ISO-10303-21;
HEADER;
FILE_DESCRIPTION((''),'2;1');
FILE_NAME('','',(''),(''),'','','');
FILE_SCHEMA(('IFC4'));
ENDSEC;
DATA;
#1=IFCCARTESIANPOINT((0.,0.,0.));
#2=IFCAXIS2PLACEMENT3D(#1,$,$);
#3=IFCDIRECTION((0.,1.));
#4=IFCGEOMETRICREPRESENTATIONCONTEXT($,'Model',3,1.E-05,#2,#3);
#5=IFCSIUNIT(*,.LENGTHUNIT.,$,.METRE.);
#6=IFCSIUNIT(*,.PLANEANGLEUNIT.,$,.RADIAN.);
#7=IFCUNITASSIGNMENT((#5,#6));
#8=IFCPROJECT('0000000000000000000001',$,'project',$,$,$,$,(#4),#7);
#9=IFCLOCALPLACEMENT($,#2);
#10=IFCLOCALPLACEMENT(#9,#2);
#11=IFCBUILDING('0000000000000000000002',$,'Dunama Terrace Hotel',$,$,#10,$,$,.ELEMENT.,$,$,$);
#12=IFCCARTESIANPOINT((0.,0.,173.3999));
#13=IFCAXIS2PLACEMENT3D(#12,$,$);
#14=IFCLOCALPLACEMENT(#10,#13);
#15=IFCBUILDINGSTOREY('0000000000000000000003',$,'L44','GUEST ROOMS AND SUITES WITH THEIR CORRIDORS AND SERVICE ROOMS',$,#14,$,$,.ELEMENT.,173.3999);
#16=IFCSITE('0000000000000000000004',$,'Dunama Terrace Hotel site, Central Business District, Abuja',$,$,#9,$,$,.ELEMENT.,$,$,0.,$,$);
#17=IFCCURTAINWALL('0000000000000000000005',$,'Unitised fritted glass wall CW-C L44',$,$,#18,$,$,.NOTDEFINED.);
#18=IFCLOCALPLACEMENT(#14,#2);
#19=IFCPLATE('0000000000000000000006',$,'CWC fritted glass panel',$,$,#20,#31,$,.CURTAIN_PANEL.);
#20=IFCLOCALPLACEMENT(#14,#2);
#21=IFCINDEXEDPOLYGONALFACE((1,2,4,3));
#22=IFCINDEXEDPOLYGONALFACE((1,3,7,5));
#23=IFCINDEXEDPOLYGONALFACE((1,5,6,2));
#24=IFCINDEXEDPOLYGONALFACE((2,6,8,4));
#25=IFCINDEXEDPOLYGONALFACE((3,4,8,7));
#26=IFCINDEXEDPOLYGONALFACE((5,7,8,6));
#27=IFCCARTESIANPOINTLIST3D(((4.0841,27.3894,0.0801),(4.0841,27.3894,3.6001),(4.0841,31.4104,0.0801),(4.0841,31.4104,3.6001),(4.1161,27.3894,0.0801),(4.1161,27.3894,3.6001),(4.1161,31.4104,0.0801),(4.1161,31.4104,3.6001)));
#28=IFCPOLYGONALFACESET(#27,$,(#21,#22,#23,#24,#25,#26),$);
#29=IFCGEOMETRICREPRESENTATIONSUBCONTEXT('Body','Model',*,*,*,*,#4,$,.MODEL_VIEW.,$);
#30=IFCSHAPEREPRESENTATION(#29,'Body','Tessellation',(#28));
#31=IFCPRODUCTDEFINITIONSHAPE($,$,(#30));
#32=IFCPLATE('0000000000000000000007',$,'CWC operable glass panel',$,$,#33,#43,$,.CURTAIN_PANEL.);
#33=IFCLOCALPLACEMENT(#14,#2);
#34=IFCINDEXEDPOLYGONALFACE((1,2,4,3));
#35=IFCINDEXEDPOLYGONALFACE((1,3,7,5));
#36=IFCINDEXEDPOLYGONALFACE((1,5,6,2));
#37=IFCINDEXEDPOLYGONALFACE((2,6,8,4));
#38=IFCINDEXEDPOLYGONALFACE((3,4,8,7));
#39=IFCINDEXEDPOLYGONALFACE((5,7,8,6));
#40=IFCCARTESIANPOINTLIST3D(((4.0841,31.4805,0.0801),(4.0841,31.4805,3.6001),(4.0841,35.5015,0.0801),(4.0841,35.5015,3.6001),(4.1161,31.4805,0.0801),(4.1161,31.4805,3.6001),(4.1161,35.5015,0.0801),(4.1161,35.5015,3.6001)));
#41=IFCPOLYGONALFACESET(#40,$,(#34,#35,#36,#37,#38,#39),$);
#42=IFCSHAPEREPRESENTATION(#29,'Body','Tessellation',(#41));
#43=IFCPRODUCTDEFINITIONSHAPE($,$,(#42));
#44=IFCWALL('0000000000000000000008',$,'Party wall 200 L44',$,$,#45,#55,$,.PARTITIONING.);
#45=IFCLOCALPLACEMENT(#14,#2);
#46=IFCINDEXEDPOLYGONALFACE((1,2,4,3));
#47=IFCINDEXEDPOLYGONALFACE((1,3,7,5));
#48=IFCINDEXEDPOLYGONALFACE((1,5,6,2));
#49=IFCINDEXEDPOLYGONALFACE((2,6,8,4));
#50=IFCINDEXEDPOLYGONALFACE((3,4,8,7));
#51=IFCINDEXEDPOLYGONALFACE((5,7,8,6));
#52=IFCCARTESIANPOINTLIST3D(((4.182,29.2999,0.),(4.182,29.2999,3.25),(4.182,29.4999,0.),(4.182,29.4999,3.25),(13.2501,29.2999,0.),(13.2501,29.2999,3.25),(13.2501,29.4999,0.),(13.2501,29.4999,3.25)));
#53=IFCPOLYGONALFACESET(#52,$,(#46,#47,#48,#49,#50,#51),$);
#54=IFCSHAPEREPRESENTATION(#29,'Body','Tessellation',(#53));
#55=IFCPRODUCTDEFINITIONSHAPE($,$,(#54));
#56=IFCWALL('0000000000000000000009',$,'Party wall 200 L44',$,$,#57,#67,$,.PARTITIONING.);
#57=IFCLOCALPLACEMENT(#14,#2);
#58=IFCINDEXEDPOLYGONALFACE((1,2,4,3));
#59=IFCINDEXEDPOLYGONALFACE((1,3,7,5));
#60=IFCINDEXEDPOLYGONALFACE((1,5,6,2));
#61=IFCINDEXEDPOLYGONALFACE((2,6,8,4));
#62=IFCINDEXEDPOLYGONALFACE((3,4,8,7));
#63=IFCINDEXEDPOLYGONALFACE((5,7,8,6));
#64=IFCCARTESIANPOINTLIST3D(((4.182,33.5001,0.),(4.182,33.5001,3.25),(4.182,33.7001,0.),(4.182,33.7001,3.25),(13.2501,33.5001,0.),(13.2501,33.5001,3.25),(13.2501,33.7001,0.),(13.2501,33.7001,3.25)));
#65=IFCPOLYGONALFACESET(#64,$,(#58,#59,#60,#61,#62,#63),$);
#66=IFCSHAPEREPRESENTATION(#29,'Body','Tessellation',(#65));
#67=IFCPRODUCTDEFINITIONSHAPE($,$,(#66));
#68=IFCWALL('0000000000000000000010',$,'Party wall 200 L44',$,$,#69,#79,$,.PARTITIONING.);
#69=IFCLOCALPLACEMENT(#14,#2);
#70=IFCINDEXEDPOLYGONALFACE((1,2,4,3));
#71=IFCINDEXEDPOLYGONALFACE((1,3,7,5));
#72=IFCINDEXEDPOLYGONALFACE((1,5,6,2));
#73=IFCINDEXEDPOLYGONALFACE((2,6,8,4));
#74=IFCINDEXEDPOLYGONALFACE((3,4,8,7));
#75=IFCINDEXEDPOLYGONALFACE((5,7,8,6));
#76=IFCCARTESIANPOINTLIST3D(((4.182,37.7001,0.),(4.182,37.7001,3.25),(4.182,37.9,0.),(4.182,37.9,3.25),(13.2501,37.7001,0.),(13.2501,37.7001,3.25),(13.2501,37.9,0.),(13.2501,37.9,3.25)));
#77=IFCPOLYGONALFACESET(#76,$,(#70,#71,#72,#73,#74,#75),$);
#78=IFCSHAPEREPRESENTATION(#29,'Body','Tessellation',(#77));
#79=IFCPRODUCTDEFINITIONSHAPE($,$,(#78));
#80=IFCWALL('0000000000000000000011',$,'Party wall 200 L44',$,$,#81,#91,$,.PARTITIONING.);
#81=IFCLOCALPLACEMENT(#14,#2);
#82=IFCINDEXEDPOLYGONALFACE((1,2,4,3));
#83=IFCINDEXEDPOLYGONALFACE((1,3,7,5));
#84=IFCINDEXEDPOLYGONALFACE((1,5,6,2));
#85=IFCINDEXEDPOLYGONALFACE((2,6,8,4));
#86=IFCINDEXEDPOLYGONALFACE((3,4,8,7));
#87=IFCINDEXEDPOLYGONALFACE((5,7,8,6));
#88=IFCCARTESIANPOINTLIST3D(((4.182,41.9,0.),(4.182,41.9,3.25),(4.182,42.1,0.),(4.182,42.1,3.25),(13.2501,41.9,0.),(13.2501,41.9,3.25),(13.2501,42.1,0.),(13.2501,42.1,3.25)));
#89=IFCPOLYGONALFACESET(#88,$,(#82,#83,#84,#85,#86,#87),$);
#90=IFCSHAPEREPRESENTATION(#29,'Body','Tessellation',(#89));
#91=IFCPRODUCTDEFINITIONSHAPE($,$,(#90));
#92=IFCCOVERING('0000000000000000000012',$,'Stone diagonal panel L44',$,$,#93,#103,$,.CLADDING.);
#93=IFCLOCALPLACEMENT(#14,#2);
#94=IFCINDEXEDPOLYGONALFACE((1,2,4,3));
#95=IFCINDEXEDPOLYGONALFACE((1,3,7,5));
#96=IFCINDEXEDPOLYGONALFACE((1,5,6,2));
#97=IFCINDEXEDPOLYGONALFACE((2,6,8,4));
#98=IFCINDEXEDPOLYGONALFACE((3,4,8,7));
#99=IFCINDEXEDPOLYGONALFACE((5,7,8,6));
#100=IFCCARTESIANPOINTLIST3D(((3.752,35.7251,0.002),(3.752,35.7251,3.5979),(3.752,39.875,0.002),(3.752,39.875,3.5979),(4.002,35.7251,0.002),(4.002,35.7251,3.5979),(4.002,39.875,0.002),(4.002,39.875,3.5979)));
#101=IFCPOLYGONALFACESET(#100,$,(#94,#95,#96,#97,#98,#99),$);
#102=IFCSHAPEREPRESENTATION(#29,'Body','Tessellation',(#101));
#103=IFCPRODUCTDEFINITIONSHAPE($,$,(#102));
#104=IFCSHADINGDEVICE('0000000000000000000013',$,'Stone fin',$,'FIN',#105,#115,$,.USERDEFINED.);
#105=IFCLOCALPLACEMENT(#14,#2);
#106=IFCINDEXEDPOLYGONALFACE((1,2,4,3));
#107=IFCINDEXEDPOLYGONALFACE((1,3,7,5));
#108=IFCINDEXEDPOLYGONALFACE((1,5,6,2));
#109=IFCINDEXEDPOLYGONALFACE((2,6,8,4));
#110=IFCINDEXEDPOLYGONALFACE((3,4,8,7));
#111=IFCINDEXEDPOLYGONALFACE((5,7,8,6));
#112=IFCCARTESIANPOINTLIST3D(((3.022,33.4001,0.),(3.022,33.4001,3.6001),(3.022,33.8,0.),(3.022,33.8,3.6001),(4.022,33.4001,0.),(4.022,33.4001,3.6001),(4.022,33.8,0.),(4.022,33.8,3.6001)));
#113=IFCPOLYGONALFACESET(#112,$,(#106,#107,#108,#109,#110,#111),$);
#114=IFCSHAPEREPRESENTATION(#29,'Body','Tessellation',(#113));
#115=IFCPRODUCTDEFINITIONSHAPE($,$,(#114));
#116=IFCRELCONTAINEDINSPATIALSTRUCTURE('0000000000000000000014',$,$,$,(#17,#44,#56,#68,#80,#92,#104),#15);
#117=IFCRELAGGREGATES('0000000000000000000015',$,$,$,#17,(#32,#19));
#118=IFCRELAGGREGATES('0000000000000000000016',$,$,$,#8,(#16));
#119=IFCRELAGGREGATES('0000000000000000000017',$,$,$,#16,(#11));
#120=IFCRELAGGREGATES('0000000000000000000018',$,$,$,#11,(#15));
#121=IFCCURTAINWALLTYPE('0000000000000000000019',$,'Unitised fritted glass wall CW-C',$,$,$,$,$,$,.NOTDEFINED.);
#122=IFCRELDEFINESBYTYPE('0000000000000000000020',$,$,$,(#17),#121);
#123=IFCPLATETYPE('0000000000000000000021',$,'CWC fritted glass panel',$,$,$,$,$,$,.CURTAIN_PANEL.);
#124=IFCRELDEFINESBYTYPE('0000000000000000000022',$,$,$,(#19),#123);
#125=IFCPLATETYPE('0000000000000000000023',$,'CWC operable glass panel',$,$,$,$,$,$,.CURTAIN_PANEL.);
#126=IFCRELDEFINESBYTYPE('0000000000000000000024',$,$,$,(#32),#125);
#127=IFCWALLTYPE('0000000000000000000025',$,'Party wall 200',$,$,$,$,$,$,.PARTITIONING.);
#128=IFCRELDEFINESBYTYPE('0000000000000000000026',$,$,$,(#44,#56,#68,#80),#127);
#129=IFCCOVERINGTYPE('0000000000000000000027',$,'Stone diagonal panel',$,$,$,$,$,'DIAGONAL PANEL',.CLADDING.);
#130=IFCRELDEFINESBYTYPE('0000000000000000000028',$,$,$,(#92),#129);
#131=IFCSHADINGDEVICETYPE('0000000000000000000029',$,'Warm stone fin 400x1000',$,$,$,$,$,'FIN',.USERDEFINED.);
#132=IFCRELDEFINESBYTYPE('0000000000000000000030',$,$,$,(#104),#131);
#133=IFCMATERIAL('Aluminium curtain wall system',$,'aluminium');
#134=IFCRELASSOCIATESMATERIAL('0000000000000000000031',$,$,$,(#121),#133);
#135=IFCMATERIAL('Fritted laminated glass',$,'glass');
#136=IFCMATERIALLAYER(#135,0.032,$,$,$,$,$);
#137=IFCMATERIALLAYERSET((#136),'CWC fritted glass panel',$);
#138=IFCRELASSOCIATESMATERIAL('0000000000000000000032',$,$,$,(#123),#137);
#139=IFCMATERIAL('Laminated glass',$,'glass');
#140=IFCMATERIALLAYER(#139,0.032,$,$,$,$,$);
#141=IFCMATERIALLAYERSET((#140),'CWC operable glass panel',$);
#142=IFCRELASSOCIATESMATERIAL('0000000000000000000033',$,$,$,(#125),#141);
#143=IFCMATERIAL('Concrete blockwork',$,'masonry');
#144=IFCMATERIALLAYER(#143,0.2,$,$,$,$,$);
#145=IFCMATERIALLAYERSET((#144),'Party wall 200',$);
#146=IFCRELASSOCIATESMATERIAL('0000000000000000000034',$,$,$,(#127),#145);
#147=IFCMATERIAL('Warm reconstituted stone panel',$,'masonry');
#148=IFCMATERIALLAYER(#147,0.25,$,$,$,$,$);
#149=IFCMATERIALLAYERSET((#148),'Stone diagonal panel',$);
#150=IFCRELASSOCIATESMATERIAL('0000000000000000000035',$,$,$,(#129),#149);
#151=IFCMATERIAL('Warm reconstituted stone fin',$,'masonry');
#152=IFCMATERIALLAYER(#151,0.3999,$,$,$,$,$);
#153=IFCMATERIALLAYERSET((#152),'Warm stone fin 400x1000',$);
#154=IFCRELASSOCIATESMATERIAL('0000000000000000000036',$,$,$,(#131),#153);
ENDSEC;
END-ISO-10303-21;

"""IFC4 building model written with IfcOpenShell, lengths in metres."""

from ifc_helpers import new_model, si_unit, direction, frame, frame_2d, origin, origin_2d, place, context, subcontext, project, spatial, rectangle, extrude, material, layer, layer_set, type_object, element, aggregate, save


model = new_model("IFC4")

# Units and contexts
model_context = context("Model", 3, precision=1e-05, world=origin(), true_north=direction((0.0, 1.0)))
body_context = subcontext(model_context, "Body", "Model", "MODEL_VIEW")
ifc_project = project(units=[si_unit("LENGTHUNIT", "METRE"), si_unit("PLANEANGLEUNIT", "RADIAN")], contexts=[model_context])

# Site, building, storey
site_placement = place(None, origin())
site = spatial("IfcSite", under=ifc_project, at=site_placement, Name="Dunama Terrace Hotel site, Central Business District, Abuja", CompositionType="ELEMENT", RefElevation=0.0)
building_placement = place(site_placement, origin())
building = spatial("IfcBuilding", under=site, at=building_placement, Name="Dunama Terrace Hotel", CompositionType="ELEMENT")
storey_placement = place(building_placement, frame((0.0, 0.0, 173.3999)))
storey = spatial("IfcBuildingStorey", under=building, at=storey_placement, Name="L44", Description="GUEST ROOMS AND SUITES WITH THEIR CORRIDORS AND SERVICE ROOMS", CompositionType="ELEMENT", Elevation=173.3999)

# Curtain wall, plates
ifc_material_1 = material(Name="Aluminium curtain wall system", Category="aluminium")
curtain_wall_type = type_object("IfcCurtainWallType", Name="Unitised fritted glass wall CW-C", PredefinedType="NOTDEFINED", material=ifc_material_1)
curtain_wall_placement = place(storey_placement, origin())
curtain_wall = element("IfcCurtainWall", 1, at=curtain_wall_placement, inside=storey, type_object=curtain_wall_type, Name="Unitised fritted glass wall CW-C L44", PredefinedType="NOTDEFINED")
ifc_material_2 = material(Name="Fritted laminated glass", Category="glass")
ifc_layer_1 = layer(ifc_material_2, 0.032)
ifc_layer_set_1 = layer_set([ifc_layer_1], Name="CWC fritted glass panel")
plate_type_1 = type_object("IfcPlateType", Name="CWC fritted glass panel", PredefinedType="CURTAIN_PANEL", material=ifc_layer_set_1)
plate_1_placement = place(storey_placement, frame((4.1001, 29.3999, 0.0801), z_axis=(0.0, 0.0, 1.0), x_axis=(0.0, -1.0, 0.0)))
plate_1 = element("IfcPlate", 2, at=plate_1_placement, type_object=plate_type_1, Name="CWC fritted glass panel", PredefinedType="CURTAIN_PANEL", context=body_context, shape_type="SweptSolid", body=[
    extrude(rectangle(XDim=4.021, YDim=0.032, at=origin_2d()), origin(), (0.0, 0.0, 1.0), 3.52),
])
ifc_material_3 = material(Name="Laminated glass", Category="glass")
ifc_layer_2 = layer(ifc_material_3, 0.032)
ifc_layer_set_2 = layer_set([ifc_layer_2], Name="CWC operable glass panel")
plate_type_2 = type_object("IfcPlateType", Name="CWC operable glass panel", PredefinedType="CURTAIN_PANEL", material=ifc_layer_set_2)
plate_2_placement = place(storey_placement, frame((4.1001, 33.491, 0.0801), z_axis=(0.0, 0.0, 1.0), x_axis=(0.0, -1.0, 0.0)))
plate_2 = element("IfcPlate", 3, at=plate_2_placement, type_object=plate_type_2, Name="CWC operable glass panel", PredefinedType="CURTAIN_PANEL", context=body_context, shape_type="SweptSolid", body=[
    extrude(rectangle(XDim=4.021, YDim=0.032, at=origin_2d()), origin(), (0.0, 0.0, 1.0), 3.52),
])
aggregate(curtain_wall, [plate_2, plate_1])

# Walls
ifc_material_4 = material(Name="Concrete blockwork", Category="masonry")
ifc_layer_3 = layer(ifc_material_4, 0.2)
ifc_layer_set_3 = layer_set([ifc_layer_3], Name="Party wall 200")
wall_type = type_object("IfcWallType", Name="Party wall 200", PredefinedType="PARTITIONING", material=ifc_layer_set_3)
for number, where, z_axis, x_axis, name in (
    (4, (4.1819, 29.3999, 0.0), (0.0, 0.0, 1.0), (1.0, 0.0, 0.0), "Party wall 200 L44"),
    (5, (4.1819, 33.6001, 0.0), (0.0, 0.0, 1.0), (1.0, 0.0, 0.0), "Party wall 200 L44"),
    (6, (4.1819, 37.8, 0.0), (0.0, 0.0, 1.0), (1.0, 0.0, 0.0), "Party wall 200 L44"),
    (7, (4.1819, 42.0, 0.0), (0.0, 0.0, 1.0), (1.0, 0.0, 0.0), "Party wall 200 L44"),
):
    element("IfcWall", number, at=place(storey_placement, frame(where, z_axis=z_axis, x_axis=x_axis)), inside=storey, type_object=wall_type, Name=name, PredefinedType="PARTITIONING", context=body_context, shape_type="SweptSolid", body=[
        extrude(rectangle(XDim=9.0681, YDim=0.2, at=frame_2d((4.5342, 0.0))), origin(), (0.0, 0.0, 1.0), 3.25),
    ])

# Covering
ifc_material_5 = material(Name="Warm reconstituted stone panel", Category="masonry")
ifc_layer_4 = layer(ifc_material_5, 0.25)
ifc_layer_set_4 = layer_set([ifc_layer_4], Name="Stone diagonal panel")
covering_type = type_object("IfcCoveringType", Name="Stone diagonal panel", ElementType="DIAGONAL PANEL", PredefinedType="CLADDING", material=ifc_layer_set_4)
covering_placement = place(storey_placement, frame((3.877, 37.8, 0.002), z_axis=(0.0, 0.0, 1.0), x_axis=(0.0, -1.0, 0.0)))
element("IfcCovering", 8, at=covering_placement, inside=storey, type_object=covering_type, Name="Stone diagonal panel L44", PredefinedType="CLADDING", context=body_context, shape_type="SweptSolid", body=[
    extrude(rectangle(XDim=4.1499, YDim=0.25, at=origin_2d()), origin(), (0.0, 0.0, 1.0), 3.5959),
])

# Shading device
ifc_material_6 = material(Name="Warm reconstituted stone fin", Category="masonry")
ifc_layer_5 = layer(ifc_material_6, 0.3999)
ifc_layer_set_5 = layer_set([ifc_layer_5], Name="Warm stone fin 400x1000")
shading_device_type = type_object("IfcShadingDeviceType", Name="Warm stone fin 400x1000", ElementType="FIN", PredefinedType="USERDEFINED", material=ifc_layer_set_5)
shading_device_placement = place(storey_placement, frame((3.522, 33.6001, 0.0), z_axis=(0.0, 0.0, 1.0), x_axis=(0.0, -1.0, 0.0)))
element("IfcShadingDevice", 9, at=shading_device_placement, inside=storey, type_object=shading_device_type, Name="Stone fin", ObjectType="FIN", PredefinedType="USERDEFINED", context=body_context, shape_type="SweptSolid", body=[
    extrude(rectangle(XDim=0.3999, YDim=1.0, at=origin_2d()), origin(), (0.0, 0.0, 1.0), 3.6001),
])

save(model, "model.ifc")
